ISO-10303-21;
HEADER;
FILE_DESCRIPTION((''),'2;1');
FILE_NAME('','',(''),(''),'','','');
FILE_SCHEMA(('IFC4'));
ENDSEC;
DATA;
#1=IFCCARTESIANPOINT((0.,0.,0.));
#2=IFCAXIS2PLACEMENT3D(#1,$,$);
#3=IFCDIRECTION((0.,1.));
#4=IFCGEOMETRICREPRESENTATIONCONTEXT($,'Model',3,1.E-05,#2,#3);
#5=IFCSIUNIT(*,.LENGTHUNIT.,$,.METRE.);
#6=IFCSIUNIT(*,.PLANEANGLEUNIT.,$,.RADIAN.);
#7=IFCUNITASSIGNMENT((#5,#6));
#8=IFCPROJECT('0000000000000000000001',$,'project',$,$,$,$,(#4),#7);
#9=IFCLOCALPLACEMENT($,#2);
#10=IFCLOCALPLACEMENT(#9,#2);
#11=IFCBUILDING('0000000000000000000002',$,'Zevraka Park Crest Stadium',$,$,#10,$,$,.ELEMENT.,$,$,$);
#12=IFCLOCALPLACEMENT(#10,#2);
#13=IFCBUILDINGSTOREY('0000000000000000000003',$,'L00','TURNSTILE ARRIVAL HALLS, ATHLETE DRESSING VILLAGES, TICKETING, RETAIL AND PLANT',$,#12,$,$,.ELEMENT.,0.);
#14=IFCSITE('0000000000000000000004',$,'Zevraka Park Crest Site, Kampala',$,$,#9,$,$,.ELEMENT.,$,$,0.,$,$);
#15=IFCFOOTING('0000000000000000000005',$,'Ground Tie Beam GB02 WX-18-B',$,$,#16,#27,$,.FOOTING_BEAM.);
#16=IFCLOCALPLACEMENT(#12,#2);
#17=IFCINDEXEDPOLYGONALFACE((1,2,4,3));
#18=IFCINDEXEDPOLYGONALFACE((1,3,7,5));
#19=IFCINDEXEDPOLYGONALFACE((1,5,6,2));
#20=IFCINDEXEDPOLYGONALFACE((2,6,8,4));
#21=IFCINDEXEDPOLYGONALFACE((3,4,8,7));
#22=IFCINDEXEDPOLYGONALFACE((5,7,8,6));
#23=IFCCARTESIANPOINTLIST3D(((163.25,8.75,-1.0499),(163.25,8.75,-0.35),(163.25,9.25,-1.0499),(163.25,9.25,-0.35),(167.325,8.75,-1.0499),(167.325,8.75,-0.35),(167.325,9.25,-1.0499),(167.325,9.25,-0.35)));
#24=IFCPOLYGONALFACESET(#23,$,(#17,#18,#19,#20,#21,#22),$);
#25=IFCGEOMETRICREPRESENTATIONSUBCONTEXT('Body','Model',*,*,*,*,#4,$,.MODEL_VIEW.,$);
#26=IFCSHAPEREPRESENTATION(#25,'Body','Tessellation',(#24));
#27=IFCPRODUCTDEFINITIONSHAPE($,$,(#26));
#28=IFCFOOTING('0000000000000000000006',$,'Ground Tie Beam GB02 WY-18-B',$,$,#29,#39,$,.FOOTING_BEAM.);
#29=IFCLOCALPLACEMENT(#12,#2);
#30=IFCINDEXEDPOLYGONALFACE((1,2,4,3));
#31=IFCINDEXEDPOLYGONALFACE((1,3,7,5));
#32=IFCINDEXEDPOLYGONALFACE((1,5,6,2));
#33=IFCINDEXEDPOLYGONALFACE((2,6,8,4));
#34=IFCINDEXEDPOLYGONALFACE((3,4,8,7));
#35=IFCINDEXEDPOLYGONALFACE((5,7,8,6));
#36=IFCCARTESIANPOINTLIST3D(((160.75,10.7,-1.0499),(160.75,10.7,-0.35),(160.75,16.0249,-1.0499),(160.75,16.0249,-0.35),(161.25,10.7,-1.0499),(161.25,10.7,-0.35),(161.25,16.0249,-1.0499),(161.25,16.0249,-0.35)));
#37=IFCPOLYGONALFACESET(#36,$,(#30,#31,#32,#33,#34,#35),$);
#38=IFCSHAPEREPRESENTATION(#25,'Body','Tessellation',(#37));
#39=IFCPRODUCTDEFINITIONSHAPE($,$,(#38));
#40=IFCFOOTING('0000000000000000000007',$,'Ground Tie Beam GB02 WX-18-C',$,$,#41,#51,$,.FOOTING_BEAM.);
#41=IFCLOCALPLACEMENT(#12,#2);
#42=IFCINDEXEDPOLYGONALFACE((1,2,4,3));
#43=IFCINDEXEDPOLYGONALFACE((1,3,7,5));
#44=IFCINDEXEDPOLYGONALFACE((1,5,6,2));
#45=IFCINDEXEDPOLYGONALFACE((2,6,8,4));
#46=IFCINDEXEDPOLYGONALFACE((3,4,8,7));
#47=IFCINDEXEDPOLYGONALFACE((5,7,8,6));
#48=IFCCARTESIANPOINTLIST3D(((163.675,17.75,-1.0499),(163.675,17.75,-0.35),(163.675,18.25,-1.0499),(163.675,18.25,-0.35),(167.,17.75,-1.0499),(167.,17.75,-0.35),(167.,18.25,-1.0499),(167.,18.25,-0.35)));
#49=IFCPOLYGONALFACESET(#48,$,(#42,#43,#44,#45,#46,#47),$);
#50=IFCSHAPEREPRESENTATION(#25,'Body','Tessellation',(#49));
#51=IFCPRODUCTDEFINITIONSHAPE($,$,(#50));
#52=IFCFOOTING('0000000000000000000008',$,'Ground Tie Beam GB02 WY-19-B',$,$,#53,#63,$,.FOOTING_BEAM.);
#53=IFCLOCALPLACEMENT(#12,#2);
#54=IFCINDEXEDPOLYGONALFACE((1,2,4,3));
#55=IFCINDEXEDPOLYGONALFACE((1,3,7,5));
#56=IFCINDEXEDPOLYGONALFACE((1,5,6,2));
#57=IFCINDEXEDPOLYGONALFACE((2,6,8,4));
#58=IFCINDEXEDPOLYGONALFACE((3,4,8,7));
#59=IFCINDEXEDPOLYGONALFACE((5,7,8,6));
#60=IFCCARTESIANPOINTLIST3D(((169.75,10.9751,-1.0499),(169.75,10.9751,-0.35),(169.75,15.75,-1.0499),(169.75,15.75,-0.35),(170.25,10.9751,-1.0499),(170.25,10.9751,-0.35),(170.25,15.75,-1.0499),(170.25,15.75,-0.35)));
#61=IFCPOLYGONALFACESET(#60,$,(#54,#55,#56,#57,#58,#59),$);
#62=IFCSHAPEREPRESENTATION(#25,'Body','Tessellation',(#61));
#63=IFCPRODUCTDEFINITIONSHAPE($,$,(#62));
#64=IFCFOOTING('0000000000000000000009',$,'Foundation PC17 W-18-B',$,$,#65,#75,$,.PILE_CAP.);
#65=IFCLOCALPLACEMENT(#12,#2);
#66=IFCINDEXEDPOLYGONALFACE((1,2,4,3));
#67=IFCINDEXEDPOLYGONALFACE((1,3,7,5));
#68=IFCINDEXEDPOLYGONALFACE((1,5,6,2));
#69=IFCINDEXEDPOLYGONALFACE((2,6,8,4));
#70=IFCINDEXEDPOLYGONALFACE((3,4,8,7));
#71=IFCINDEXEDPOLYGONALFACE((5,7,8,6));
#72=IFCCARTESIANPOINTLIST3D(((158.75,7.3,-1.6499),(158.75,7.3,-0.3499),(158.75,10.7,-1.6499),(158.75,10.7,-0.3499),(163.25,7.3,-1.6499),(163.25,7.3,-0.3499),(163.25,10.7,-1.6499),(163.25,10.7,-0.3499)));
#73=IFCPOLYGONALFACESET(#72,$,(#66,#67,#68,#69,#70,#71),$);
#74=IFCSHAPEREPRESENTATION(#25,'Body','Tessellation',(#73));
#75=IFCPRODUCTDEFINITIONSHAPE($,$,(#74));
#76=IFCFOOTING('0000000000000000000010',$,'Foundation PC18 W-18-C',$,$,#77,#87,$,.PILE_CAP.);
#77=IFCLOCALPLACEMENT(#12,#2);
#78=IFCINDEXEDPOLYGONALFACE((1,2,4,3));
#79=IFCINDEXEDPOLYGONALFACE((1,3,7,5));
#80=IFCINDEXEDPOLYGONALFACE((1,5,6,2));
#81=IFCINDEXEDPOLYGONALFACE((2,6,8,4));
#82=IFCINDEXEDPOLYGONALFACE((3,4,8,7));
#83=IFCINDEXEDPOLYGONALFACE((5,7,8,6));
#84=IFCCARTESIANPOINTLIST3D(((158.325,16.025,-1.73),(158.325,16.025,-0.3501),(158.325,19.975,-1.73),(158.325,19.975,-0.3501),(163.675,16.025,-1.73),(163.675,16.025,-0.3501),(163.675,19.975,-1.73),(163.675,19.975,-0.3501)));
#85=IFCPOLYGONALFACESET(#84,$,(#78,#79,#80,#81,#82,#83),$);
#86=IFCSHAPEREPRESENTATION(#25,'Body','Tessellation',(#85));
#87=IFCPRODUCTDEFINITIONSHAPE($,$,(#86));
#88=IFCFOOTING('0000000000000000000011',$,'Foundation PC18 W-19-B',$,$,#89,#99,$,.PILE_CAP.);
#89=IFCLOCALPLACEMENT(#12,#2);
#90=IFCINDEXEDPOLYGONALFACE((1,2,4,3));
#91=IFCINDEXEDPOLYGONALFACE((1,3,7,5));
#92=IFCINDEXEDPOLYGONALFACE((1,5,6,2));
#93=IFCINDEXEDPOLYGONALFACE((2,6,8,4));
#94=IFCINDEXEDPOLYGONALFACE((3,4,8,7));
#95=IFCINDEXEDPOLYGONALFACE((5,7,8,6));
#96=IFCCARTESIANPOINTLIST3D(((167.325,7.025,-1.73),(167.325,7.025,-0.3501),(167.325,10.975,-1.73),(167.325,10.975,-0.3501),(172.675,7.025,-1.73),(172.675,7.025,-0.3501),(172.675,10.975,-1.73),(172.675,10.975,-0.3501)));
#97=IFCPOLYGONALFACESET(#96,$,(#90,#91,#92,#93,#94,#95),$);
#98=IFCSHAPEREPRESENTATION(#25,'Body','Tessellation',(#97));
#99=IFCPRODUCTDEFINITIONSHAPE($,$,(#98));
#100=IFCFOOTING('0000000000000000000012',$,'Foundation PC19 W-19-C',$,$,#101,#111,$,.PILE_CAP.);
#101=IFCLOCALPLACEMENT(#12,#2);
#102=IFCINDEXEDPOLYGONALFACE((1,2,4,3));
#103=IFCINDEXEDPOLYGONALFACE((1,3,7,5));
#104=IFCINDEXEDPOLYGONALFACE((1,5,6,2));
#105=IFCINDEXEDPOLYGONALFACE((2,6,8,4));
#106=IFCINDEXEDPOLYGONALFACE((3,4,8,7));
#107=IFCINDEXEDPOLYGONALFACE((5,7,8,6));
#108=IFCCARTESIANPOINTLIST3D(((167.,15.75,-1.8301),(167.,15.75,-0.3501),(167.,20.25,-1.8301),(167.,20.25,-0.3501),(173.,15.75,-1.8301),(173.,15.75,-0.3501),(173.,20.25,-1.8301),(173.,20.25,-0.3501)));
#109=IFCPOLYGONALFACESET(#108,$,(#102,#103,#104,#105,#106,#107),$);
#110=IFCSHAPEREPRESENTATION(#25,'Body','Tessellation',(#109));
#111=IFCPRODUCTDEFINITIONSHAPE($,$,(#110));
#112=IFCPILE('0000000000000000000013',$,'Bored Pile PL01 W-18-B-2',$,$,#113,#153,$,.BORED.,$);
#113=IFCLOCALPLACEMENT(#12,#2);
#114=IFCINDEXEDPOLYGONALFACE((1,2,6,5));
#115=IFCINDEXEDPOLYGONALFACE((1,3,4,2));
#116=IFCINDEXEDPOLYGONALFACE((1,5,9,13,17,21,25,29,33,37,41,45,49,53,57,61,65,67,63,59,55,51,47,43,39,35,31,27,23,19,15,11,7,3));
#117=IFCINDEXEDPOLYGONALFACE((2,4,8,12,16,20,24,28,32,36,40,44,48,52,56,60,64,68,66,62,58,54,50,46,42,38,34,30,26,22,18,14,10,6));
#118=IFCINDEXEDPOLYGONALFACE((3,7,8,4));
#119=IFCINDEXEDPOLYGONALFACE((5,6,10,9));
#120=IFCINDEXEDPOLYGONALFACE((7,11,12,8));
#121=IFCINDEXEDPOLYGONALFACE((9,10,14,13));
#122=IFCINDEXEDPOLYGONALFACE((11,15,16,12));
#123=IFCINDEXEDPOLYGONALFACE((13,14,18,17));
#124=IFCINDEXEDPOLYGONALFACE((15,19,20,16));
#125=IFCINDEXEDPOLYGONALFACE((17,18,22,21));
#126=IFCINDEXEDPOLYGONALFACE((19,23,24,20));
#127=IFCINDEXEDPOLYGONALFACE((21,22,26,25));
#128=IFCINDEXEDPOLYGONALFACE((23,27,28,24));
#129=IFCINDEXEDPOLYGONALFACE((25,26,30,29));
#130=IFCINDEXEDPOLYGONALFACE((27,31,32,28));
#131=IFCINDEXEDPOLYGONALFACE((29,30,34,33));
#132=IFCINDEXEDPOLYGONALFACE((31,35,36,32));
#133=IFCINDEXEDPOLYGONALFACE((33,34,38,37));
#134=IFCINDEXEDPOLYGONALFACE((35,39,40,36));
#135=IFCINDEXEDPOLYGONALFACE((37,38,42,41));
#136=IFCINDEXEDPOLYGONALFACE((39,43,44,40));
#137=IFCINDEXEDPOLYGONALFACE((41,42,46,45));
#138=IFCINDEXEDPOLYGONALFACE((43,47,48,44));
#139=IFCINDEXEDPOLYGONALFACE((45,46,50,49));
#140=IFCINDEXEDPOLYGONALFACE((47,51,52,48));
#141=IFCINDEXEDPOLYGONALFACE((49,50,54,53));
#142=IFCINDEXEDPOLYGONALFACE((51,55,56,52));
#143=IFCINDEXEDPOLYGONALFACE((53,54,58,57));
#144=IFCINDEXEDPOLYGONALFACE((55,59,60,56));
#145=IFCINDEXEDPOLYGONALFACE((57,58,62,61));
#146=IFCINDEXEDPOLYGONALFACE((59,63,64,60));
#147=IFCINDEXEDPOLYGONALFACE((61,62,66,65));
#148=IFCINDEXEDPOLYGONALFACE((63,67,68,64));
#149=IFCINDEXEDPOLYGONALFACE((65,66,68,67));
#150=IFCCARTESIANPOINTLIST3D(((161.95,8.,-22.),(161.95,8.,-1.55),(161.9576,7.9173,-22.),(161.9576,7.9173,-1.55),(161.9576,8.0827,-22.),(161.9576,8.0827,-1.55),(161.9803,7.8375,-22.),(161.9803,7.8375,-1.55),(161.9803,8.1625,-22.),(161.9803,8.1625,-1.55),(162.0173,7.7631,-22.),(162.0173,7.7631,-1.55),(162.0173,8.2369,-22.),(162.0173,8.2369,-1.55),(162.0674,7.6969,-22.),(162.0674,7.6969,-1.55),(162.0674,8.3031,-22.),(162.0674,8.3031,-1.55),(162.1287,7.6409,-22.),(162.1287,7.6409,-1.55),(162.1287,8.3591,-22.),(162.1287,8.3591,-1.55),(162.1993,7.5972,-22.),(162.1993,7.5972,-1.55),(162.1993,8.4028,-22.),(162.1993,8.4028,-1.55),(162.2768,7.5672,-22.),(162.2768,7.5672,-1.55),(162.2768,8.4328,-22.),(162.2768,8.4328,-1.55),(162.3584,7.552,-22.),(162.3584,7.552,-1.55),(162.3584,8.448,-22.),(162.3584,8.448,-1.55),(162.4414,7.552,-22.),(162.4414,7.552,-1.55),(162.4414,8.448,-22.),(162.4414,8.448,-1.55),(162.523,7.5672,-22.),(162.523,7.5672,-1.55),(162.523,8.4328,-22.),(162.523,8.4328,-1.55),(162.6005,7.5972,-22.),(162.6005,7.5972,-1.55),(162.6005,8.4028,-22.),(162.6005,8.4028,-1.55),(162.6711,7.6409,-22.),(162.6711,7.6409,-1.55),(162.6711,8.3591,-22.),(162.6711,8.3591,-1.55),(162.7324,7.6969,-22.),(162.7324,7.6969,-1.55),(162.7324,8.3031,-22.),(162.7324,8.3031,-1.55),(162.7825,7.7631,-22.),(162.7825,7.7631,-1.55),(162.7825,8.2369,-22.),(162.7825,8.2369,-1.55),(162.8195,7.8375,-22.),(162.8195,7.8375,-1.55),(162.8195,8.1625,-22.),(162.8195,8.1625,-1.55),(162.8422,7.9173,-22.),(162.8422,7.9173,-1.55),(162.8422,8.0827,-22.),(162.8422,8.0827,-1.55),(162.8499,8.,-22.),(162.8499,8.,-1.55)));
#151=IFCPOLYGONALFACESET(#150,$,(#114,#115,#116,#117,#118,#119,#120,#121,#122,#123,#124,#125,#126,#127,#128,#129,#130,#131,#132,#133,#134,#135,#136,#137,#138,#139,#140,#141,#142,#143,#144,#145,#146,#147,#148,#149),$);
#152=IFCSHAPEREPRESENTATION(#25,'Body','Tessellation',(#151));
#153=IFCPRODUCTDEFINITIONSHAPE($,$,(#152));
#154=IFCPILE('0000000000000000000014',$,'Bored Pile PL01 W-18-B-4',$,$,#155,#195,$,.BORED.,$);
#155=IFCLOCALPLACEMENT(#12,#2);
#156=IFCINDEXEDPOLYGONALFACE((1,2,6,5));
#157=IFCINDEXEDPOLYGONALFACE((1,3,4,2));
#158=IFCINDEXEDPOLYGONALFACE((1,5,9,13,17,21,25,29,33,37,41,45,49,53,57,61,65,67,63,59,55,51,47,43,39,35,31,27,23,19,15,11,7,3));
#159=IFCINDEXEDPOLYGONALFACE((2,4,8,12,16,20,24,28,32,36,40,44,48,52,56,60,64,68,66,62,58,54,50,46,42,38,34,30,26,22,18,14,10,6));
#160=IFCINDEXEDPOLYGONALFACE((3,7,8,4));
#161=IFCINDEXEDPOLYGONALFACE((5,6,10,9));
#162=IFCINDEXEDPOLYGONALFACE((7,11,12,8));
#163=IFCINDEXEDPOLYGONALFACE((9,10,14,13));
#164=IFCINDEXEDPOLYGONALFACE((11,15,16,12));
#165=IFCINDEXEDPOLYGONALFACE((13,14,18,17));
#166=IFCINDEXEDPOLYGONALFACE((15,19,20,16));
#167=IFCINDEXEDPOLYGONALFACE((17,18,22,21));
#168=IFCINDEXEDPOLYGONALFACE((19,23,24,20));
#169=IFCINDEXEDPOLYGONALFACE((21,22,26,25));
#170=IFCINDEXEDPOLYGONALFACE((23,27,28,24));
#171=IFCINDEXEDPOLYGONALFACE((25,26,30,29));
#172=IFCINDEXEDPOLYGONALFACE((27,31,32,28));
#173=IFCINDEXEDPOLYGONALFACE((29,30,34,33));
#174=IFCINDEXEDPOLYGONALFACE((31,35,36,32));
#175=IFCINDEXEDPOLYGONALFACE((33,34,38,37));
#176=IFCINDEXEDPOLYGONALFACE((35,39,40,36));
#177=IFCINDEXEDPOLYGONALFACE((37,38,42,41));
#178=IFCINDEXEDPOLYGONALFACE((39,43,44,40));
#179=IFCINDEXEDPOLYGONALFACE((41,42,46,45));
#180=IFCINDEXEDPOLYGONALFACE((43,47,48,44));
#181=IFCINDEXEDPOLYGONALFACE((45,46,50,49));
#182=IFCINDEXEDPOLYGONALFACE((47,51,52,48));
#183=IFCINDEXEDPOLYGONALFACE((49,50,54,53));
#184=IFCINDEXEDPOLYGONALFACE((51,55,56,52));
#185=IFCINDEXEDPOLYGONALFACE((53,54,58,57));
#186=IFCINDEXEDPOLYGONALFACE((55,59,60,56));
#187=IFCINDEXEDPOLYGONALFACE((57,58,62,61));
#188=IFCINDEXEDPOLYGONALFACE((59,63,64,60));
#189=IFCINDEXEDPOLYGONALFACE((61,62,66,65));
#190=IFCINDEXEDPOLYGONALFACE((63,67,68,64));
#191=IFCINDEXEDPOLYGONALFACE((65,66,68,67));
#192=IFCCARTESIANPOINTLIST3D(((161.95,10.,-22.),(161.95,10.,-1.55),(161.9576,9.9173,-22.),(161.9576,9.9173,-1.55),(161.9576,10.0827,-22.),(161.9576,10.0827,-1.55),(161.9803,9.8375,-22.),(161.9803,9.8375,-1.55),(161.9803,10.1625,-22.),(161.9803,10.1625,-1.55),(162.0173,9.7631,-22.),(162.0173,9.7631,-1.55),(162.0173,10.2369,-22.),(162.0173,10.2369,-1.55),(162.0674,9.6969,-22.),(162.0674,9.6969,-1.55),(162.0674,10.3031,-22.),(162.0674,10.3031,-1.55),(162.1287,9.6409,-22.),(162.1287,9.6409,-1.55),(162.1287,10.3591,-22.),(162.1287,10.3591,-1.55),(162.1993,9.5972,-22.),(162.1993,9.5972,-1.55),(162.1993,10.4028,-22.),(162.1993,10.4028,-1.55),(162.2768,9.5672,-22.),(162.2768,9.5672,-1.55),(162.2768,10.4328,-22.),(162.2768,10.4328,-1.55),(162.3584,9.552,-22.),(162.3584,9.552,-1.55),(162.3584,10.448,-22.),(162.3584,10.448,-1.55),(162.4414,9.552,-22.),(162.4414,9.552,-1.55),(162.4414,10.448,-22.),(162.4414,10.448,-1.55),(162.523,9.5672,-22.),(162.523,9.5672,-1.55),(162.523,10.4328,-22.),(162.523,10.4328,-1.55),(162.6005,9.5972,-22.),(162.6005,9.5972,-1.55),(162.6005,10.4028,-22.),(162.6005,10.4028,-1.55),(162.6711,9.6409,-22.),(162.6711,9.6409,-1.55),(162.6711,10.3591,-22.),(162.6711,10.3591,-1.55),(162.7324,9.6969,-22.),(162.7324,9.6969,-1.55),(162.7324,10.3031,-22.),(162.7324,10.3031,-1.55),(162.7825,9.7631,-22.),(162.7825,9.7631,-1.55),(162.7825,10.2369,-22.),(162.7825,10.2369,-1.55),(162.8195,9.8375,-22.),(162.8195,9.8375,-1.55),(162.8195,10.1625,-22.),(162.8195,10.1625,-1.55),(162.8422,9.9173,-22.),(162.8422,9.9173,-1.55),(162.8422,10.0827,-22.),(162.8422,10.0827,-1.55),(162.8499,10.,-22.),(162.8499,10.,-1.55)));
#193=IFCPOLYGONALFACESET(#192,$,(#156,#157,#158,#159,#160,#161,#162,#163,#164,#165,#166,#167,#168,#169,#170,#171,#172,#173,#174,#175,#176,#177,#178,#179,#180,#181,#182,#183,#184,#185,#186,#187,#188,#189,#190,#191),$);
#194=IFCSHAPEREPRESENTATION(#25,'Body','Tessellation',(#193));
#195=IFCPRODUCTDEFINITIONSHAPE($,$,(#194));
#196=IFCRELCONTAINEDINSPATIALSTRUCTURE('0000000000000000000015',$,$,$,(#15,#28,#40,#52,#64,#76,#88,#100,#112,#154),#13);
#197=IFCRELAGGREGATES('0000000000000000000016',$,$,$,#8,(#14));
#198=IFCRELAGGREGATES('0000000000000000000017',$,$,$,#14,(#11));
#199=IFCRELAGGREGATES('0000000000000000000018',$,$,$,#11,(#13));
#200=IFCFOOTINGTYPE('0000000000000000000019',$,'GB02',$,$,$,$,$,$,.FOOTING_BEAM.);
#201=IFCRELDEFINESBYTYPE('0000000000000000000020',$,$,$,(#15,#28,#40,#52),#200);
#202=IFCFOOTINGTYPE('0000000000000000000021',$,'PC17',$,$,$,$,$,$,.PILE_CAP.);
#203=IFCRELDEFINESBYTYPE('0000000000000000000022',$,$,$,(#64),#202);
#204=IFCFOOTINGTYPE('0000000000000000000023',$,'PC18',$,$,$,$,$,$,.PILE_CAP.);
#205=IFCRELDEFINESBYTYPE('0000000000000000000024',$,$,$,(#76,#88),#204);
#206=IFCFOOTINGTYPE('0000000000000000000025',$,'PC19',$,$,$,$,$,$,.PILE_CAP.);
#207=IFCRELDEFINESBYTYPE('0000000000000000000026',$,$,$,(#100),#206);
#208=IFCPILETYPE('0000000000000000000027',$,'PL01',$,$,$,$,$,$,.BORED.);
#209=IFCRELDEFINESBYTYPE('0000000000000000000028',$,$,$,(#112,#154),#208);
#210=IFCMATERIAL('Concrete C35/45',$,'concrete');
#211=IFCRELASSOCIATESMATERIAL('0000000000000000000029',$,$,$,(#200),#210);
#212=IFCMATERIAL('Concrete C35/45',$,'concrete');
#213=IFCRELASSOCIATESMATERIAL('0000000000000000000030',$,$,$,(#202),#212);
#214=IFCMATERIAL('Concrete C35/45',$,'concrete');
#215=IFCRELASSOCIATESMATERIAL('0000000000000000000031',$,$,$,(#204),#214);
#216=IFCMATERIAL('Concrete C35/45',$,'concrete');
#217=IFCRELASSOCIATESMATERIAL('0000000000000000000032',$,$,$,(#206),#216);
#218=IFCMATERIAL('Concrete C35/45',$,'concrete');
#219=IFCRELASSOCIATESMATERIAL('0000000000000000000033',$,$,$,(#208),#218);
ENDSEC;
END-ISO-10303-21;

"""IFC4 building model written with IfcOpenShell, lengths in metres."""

from ifc_helpers import new_model, si_unit, direction, frame, origin, origin_2d, place, context, subcontext, project, spatial, rectangle, circle, extrude, material, material_profile, profile_set, type_object, element, save


model = new_model("IFC4")

# Units and contexts
model_context = context("Model", 3, precision=1e-05, world=origin(), true_north=direction((0.0, 1.0)))
body_context = subcontext(model_context, "Body", "Model", "MODEL_VIEW")
ifc_project = project(units=[si_unit("LENGTHUNIT", "METRE"), si_unit("PLANEANGLEUNIT", "RADIAN")], contexts=[model_context])

# Site, building, storey
site_placement = place(None, origin())
site = spatial("IfcSite", under=ifc_project, at=site_placement, Name="Zevraka Park Crest Site, Kampala", CompositionType="ELEMENT", RefElevation=0.0)
building_placement = place(site_placement, origin())
building = spatial("IfcBuilding", under=site, at=building_placement, Name="Zevraka Park Crest Stadium", CompositionType="ELEMENT")
storey_placement = place(building_placement, origin())
storey = spatial("IfcBuildingStorey", under=building, at=storey_placement, Name="L00", Description="TURNSTILE ARRIVAL HALLS, ATHLETE DRESSING VILLAGES, TICKETING, RETAIL AND PLANT", CompositionType="ELEMENT", Elevation=0.0)

# Footings
ifc_material_1 = material(Name="Concrete C35/45", Category="concrete")
ifc_material_profile_1 = material_profile(ifc_material_1, rectangle(XDim=0.5, YDim=0.7, at=origin_2d()), Name="GB 700x500")
ifc_profile_set_1 = profile_set([ifc_material_profile_1], Name="Concrete C35/45")
footing_type_1 = type_object("IfcFootingType", Name="GB02", PredefinedType="FOOTING_BEAM", material=ifc_profile_set_1)
footing_1_placement = place(storey_placement, frame((163.25, 9.0, -0.7), z_axis=(1.0, 0.0, 0.0), x_axis=(0.0, 1.0, 0.0)))
element("IfcFooting", 1, at=footing_1_placement, inside=storey, type_object=footing_type_1, Name="Ground Tie Beam GB02 WX-18-B", PredefinedType="FOOTING_BEAM", context=body_context, shape_type="SweptSolid", body=[
    extrude(rectangle(XDim=0.5, YDim=0.7, at=origin_2d()), origin(), (0.0, 0.0, 1.0), 4.075),
])
footing_2_placement = place(storey_placement, frame((161.0, 10.7, -0.7), z_axis=(0.0, 1.0, 0.0), x_axis=(-1.0, 0.0, 0.0)))
element("IfcFooting", 2, at=footing_2_placement, inside=storey, type_object=footing_type_1, Name="Ground Tie Beam GB02 WY-18-B", PredefinedType="FOOTING_BEAM", context=body_context, shape_type="SweptSolid", body=[
    extrude(rectangle(XDim=0.5, YDim=0.7, at=origin_2d()), origin(), (0.0, 0.0, 1.0), 5.325),
])
footing_3_placement = place(storey_placement, frame((163.675, 18.0, -0.7), z_axis=(1.0, 0.0, 0.0), x_axis=(0.0, 1.0, 0.0)))
element("IfcFooting", 3, at=footing_3_placement, inside=storey, type_object=footing_type_1, Name="Ground Tie Beam GB02 WX-18-C", PredefinedType="FOOTING_BEAM", context=body_context, shape_type="SweptSolid", body=[
    extrude(rectangle(XDim=0.5, YDim=0.7, at=origin_2d()), origin(), (0.0, 0.0, 1.0), 3.325),
])
footing_4_placement = place(storey_placement, frame((170.0, 10.9751, -0.7), z_axis=(0.0, 1.0, 0.0), x_axis=(-1.0, 0.0, 0.0)))
element("IfcFooting", 4, at=footing_4_placement, inside=storey, type_object=footing_type_1, Name="Ground Tie Beam GB02 WY-19-B", PredefinedType="FOOTING_BEAM", context=body_context, shape_type="SweptSolid", body=[
    extrude(rectangle(XDim=0.5, YDim=0.7, at=origin_2d()), origin(), (0.0, 0.0, 1.0), 4.7749),
])
ifc_material_2 = material(Name="Concrete C35/45", Category="concrete")
footing_type_2 = type_object("IfcFootingType", Name="PC17", PredefinedType="PILE_CAP", material=ifc_material_2)
footing_5_placement = place(storey_placement, frame((161.0, 9.0, -1.6499), z_axis=(0.0, 0.0, 1.0), x_axis=(1.0, 0.0, 0.0)))
element("IfcFooting", 5, at=footing_5_placement, inside=storey, type_object=footing_type_2, Name="Foundation PC17 W-18-B", PredefinedType="PILE_CAP", context=body_context, shape_type="SweptSolid", body=[
    extrude(rectangle(XDim=4.5, YDim=3.3999, at=origin_2d()), origin(), (0.0, 0.0, 1.0), 1.3),
])
ifc_material_3 = material(Name="Concrete C35/45", Category="concrete")
footing_type_3 = type_object("IfcFootingType", Name="PC18", PredefinedType="PILE_CAP", material=ifc_material_3)
for number, where, z_axis, x_axis, name in (
    (6, (161.0, 18.0, -1.73), (0.0, 0.0, 1.0), (1.0, 0.0, 0.0), "Foundation PC18 W-18-C"),
    (7, (170.0, 9.0, -1.73), (0.0, 0.0, 1.0), (1.0, 0.0, 0.0), "Foundation PC18 W-19-B"),
):
    element("IfcFooting", number, at=place(storey_placement, frame(where, z_axis=z_axis, x_axis=x_axis)), inside=storey, type_object=footing_type_3, Name=name, PredefinedType="PILE_CAP", context=body_context, shape_type="SweptSolid", body=[
        extrude(rectangle(XDim=5.3501, YDim=3.95, at=origin_2d()), origin(), (0.0, 0.0, 1.0), 1.3799),
    ])
ifc_material_4 = material(Name="Concrete C35/45", Category="concrete")
footing_type_4 = type_object("IfcFootingType", Name="PC19", PredefinedType="PILE_CAP", material=ifc_material_4)
footing_6_placement = place(storey_placement, frame((170.0, 18.0, -1.8301), z_axis=(0.0, 0.0, 1.0), x_axis=(1.0, 0.0, 0.0)))
element("IfcFooting", 8, at=footing_6_placement, inside=storey, type_object=footing_type_4, Name="Foundation PC19 W-19-C", PredefinedType="PILE_CAP", context=body_context, shape_type="SweptSolid", body=[
    extrude(rectangle(XDim=6.0, YDim=4.5, at=origin_2d()), origin(), (0.0, 0.0, 1.0), 1.48),
])

# Piles
ifc_material_5 = material(Name="Concrete C35/45", Category="concrete")
ifc_material_profile_2 = material_profile(ifc_material_5, circle(Radius=0.45, at=origin_2d()), Name="PILE D900")
ifc_profile_set_2 = profile_set([ifc_material_profile_2], Name="Concrete C35/45")
pile_type_1 = type_object("IfcPileType", Name="PL01", PredefinedType="BORED", material=ifc_profile_set_2)
for number, where, z_axis, x_axis, name in (
    (9, (162.3999, 8.0, -1.55), (0.0, 0.0, -1.0), (1.0, 0.0, 0.0), "Bored Pile PL01 W-18-B-2"),
    (10, (162.3999, 10.0, -1.55), (0.0, 0.0, -1.0), (1.0, 0.0, 0.0), "Bored Pile PL01 W-18-B-4"),
):
    element("IfcPile", number, at=place(storey_placement, frame(where, z_axis=z_axis, x_axis=x_axis)), inside=storey, type_object=pile_type_1, Name=name, PredefinedType="BORED", context=body_context, shape_type="SweptSolid", body=[
        extrude(circle(Radius=0.45, at=origin_2d()), origin(), (0.0, 0.0, 1.0), 20.45),
    ])

save(model, "model.ifc")
